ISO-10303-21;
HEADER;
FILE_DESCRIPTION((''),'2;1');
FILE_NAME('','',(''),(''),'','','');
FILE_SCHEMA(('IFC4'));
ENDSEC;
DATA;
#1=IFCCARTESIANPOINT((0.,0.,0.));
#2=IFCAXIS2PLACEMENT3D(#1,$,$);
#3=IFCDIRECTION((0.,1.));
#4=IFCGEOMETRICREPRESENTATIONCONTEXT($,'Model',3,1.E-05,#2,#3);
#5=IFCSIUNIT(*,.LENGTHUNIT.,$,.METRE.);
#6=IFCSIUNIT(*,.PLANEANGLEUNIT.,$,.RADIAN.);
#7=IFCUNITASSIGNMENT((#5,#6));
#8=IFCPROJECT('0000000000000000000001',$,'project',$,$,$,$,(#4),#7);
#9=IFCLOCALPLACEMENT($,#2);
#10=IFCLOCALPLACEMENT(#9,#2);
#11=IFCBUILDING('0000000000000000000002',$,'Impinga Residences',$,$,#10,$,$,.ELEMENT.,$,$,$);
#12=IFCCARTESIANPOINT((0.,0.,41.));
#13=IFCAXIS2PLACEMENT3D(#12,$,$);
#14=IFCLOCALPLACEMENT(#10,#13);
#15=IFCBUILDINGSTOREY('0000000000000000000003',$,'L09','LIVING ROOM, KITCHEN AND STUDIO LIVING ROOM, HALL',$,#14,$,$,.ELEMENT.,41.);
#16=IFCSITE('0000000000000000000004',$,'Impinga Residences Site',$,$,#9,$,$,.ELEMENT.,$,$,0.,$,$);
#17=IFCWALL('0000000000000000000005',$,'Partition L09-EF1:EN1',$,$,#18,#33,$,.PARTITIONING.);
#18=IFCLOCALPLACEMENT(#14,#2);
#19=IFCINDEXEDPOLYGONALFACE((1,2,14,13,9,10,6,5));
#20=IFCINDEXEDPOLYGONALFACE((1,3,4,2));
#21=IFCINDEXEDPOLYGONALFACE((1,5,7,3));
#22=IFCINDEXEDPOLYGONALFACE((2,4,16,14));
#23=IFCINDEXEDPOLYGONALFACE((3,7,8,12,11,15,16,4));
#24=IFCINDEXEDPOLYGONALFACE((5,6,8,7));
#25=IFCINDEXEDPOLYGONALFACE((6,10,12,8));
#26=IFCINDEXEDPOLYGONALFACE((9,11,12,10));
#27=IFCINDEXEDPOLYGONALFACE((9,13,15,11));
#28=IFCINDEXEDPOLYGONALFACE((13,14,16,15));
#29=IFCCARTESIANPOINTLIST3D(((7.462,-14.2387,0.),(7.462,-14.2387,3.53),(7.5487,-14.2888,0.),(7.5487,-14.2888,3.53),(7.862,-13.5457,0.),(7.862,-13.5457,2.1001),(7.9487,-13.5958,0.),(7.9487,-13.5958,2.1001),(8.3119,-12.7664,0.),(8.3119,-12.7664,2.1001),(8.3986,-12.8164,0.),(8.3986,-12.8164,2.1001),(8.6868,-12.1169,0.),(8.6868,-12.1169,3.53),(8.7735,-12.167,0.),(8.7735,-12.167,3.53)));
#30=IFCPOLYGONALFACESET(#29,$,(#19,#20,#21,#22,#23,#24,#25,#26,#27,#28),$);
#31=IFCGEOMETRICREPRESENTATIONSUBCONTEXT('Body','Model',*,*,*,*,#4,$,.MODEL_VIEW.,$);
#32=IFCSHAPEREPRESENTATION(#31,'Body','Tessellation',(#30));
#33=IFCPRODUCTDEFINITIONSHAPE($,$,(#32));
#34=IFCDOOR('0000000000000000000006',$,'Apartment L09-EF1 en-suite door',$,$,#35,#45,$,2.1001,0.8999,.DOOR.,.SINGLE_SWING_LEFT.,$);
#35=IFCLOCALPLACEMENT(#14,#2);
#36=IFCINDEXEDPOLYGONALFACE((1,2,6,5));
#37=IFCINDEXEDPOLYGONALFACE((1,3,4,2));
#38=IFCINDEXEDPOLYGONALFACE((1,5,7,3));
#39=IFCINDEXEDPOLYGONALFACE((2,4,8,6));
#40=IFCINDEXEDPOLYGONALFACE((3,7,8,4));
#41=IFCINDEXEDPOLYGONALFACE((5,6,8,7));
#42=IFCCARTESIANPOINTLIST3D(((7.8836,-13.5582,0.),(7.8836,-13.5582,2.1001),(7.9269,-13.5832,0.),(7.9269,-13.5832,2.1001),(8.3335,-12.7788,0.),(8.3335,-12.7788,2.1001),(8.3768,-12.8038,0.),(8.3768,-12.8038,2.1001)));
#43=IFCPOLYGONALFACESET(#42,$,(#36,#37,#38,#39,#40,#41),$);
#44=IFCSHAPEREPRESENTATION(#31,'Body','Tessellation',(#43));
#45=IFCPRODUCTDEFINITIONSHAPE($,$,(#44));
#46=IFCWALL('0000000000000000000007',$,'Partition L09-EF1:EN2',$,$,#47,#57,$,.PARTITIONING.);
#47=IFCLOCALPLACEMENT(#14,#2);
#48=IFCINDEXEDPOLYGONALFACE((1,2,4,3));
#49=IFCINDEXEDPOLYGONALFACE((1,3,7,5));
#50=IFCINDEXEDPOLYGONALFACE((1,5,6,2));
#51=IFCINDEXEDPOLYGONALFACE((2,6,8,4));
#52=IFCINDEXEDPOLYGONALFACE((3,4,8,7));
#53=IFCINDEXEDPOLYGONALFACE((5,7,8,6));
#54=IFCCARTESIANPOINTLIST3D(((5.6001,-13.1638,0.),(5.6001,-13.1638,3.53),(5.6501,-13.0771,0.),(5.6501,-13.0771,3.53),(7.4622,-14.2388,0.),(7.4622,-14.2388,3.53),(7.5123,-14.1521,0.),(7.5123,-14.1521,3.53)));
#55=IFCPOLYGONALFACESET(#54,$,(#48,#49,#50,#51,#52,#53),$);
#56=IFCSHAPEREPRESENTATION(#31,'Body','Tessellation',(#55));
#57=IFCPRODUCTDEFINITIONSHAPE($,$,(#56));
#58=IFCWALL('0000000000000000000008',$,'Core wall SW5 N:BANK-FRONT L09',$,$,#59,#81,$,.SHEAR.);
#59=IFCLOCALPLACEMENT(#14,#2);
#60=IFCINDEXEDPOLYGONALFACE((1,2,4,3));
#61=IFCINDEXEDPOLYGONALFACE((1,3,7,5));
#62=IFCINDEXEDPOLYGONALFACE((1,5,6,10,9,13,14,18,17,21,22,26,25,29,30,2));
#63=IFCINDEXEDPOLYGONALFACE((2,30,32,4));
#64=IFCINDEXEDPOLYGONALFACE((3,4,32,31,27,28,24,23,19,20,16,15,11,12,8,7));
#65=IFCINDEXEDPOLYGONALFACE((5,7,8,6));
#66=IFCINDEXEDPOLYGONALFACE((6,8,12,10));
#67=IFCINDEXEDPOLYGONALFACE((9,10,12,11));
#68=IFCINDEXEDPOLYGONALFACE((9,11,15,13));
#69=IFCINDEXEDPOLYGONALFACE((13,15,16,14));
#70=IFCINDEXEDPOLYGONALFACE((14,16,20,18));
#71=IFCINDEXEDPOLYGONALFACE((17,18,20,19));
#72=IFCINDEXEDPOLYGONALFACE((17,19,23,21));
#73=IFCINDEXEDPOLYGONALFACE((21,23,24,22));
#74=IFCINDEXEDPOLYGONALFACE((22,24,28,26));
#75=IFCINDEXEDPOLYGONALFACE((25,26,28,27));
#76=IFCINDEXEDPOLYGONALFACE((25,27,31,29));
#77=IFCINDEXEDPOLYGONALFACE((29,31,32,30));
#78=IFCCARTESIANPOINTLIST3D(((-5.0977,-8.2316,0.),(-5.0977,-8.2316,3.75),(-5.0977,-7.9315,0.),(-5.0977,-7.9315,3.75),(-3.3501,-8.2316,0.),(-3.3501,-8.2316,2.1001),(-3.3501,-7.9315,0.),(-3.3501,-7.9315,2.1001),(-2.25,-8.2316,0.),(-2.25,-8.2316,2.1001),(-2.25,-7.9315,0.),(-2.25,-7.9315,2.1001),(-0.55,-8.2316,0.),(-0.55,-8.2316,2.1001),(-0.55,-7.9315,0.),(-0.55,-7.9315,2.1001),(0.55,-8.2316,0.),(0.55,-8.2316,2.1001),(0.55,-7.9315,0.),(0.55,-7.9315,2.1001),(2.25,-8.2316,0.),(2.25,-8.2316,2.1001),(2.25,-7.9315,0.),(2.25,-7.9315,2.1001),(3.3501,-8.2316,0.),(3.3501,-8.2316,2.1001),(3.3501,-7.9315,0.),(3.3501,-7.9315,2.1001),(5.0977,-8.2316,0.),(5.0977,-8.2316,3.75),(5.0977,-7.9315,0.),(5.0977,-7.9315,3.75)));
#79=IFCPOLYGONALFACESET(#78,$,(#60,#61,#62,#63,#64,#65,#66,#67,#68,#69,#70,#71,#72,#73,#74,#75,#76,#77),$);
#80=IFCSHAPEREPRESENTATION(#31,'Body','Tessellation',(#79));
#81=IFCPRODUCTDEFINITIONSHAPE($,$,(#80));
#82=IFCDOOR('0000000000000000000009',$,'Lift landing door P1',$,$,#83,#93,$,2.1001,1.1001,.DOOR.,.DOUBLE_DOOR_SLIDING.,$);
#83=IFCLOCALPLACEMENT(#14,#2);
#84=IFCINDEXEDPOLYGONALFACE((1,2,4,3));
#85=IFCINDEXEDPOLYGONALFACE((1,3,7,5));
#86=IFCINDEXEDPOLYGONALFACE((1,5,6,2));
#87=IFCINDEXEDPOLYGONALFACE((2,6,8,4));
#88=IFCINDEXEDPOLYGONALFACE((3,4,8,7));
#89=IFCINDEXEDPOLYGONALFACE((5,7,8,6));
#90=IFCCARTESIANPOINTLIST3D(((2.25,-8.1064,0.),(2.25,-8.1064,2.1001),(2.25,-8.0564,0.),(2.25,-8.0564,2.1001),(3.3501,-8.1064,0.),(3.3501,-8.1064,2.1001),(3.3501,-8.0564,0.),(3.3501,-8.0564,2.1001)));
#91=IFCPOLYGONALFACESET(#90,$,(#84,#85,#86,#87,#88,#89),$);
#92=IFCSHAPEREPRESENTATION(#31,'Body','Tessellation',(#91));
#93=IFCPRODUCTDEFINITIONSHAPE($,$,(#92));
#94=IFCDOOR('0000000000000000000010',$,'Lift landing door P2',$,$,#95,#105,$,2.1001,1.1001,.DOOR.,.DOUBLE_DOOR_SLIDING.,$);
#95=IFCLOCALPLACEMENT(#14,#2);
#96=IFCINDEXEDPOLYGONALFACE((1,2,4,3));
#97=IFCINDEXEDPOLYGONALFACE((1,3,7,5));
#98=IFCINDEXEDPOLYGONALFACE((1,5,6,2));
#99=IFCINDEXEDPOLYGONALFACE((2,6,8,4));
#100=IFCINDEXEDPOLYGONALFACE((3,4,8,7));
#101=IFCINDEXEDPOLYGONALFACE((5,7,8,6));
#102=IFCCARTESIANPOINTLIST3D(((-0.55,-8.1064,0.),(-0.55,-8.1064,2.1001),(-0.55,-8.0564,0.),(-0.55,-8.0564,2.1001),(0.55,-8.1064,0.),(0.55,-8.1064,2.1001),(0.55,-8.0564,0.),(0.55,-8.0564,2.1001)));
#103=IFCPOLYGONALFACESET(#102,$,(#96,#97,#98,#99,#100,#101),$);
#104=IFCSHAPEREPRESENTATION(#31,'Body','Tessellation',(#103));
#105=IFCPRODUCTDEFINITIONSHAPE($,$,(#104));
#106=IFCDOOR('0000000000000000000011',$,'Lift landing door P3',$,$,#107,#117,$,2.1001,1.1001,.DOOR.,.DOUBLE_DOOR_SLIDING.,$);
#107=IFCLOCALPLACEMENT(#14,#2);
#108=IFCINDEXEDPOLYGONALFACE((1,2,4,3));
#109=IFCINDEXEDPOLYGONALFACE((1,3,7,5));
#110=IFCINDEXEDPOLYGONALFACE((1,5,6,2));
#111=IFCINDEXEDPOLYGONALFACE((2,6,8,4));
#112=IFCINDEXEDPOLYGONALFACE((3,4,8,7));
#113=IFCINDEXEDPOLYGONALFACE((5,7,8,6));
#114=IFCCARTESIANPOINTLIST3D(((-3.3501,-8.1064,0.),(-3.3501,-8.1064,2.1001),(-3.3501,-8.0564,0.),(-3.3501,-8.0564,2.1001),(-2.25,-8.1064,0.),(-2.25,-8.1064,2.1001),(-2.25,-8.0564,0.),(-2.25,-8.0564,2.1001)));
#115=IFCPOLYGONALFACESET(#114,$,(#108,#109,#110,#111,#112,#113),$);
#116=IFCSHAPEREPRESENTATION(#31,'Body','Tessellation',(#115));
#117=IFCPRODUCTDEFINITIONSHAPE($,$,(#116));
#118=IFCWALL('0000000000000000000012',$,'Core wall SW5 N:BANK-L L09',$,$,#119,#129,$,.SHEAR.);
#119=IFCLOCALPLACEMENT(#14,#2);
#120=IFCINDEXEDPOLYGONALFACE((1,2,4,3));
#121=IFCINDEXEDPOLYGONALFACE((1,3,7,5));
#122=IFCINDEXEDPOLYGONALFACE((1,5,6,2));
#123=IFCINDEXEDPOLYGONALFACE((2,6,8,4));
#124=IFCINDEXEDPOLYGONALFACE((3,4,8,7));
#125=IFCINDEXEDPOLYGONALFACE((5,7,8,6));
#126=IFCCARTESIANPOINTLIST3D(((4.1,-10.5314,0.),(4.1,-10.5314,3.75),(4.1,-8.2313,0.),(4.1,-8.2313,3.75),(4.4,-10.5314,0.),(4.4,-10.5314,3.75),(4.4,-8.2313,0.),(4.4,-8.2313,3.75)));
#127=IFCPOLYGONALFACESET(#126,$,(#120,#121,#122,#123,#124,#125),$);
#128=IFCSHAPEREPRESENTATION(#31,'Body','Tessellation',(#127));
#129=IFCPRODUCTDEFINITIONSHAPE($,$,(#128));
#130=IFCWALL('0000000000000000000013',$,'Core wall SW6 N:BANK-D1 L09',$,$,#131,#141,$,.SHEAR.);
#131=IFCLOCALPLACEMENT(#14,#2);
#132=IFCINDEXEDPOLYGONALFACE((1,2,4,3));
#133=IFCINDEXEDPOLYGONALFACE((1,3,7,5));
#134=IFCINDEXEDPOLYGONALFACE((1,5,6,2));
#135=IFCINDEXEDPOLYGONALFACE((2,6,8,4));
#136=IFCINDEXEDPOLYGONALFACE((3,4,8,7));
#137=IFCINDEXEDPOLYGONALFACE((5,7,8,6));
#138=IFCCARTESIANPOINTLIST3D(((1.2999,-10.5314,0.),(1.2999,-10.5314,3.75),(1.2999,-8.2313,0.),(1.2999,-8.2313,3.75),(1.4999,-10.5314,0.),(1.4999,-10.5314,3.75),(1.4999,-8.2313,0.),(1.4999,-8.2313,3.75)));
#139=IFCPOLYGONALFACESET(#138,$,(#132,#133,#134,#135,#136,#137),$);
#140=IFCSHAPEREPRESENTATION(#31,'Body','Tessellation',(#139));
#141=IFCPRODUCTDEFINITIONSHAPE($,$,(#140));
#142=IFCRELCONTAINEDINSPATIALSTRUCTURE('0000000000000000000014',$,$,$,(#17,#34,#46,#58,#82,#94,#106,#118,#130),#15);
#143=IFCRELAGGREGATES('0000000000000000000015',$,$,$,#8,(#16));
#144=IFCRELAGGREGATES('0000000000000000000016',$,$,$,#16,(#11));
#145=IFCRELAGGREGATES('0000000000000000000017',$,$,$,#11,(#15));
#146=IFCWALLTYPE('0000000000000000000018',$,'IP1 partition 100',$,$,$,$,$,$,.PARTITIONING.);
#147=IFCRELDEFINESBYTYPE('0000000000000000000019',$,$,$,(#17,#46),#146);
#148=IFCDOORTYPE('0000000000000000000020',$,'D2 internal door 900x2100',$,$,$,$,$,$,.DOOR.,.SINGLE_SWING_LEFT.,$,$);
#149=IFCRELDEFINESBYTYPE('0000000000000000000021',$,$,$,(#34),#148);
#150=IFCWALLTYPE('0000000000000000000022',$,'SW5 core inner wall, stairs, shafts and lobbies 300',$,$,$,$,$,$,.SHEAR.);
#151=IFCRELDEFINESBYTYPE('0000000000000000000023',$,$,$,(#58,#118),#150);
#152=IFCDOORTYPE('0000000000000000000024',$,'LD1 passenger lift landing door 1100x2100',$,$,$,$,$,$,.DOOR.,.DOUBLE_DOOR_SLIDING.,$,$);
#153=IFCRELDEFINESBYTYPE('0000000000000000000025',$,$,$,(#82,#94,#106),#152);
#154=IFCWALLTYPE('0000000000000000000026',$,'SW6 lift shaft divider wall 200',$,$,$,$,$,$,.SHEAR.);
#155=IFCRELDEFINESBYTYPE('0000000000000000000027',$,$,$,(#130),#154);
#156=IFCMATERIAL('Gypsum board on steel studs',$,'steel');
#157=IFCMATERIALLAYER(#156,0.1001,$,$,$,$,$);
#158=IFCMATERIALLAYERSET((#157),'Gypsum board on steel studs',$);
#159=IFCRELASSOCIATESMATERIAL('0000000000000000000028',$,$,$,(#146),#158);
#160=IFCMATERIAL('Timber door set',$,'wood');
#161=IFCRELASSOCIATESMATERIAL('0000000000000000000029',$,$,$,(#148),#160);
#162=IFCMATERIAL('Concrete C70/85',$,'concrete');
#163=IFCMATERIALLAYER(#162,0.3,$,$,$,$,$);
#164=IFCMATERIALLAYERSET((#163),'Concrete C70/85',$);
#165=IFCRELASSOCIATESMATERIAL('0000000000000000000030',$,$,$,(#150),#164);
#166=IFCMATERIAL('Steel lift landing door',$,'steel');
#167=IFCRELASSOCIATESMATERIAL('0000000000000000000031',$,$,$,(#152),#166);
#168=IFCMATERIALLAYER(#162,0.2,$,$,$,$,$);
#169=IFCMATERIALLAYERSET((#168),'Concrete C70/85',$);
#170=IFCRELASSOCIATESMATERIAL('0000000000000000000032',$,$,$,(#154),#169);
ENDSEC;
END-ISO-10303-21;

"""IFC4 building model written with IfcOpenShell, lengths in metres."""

from ifc_helpers import new_model, si_unit, direction, frame, frame_2d, origin, place, context, subcontext, project, spatial, rectangle, extrude, material, layer, layer_set, type_object, element, fill, save


model = new_model("IFC4")

# Units and contexts
model_context = context("Model", 3, precision=1e-05, world=origin(), true_north=direction((0.0, 1.0)))
body_context = subcontext(model_context, "Body", "Model", "MODEL_VIEW")
ifc_project = project(units=[si_unit("LENGTHUNIT", "METRE"), si_unit("PLANEANGLEUNIT", "RADIAN")], contexts=[model_context])

# Site, building, storey
site_placement = place(None, origin())
site = spatial("IfcSite", under=ifc_project, at=site_placement, Name="Impinga Residences Site", CompositionType="ELEMENT", RefElevation=0.0)
building_placement = place(site_placement, origin())
building = spatial("IfcBuilding", under=site, at=building_placement, Name="Impinga Residences", CompositionType="ELEMENT")
storey_placement = place(building_placement, frame((0.0, 0.0, 41.0)))
storey = spatial("IfcBuildingStorey", under=building, at=storey_placement, Name="L09", Description="LIVING ROOM, KITCHEN AND STUDIO LIVING ROOM, HALL", CompositionType="ELEMENT", Elevation=41.0)

# Shared definitions
ifc_material_1 = material(Name="Concrete C70/85", Category="concrete")

# Shared definitions
ifc_material_2 = material(Name="Gypsum board on steel studs", Category="steel")
ifc_layer_1 = layer(ifc_material_2, 0.1001)
ifc_layer_set_1 = layer_set([ifc_layer_1], Name="Gypsum board on steel studs")
wall_type_1 = type_object("IfcWallType", Name="IP1 partition 100", PredefinedType="PARTITIONING", material=ifc_layer_set_1)

# Shared definitions
ifc_material_3 = material(Name="Timber door set", Category="wood")
door_type_1 = type_object("IfcDoorType", Name="D2 internal door 900x2100", OperationType="SINGLE_SWING_LEFT", PredefinedType="DOOR", material=ifc_material_3)

# Wall, opening, door
wall_1_placement = place(storey_placement, frame((8.7302, -12.1418, 0.0), z_axis=(0.0, 0.0, 1.0), x_axis=(-0.499944, -0.866058, 0.0)))
wall_1 = element("IfcWall", 1, at=wall_1_placement, inside=storey, type_object=wall_type_1, Name="Partition L09-EF1:EN1", PredefinedType="PARTITIONING", context=body_context, shape_type="SweptSolid", body=[
    extrude(rectangle(XDim=2.45, YDim=0.1001, at=frame_2d((1.2251, 0.0))), origin(), (0.0, 0.0, 1.0), 3.53),
])
opening_1_placement = place(wall_1_placement, frame((0.75, 0.0, 0.0)))
opening_1 = element("IfcOpeningElement", 2, at=opening_1_placement, cuts=wall_1, PredefinedType="OPENING", context=body_context, shape_type="SweptSolid", body=[
    extrude(rectangle(XDim=0.8999, YDim=2.1001, at=frame_2d((0.45, 1.05))), frame((0.0, 0.0601, 0.0), z_axis=(0.0, -1.0, 0.0), x_axis=(1.0, 0.0, 0.0)), (0.0, 0.0, 1.0), 0.1201),
])
door_1_placement = place(opening_1_placement, origin())
door_1 = element("IfcDoor", 3, at=door_1_placement, inside=storey, type_object=door_type_1, Name="Apartment L09-EF1 en-suite door", OperationType="SINGLE_SWING_LEFT", OverallHeight=2.1001, OverallWidth=0.8999, PredefinedType="DOOR", context=body_context, shape_type="SweptSolid", body=[
    extrude(rectangle(XDim=0.8999, YDim=2.1001, at=frame_2d((0.45, 1.05))), frame((0.0, 0.0249, 0.0), z_axis=(0.0, -1.0, 0.0), x_axis=(1.0, 0.0, 0.0)), (0.0, 0.0, 1.0), 0.05),
])
fill(opening_1, door_1)

# Wall
wall_2_placement = place(storey_placement, frame((5.625, -13.1204, 0.0), z_axis=(0.0, 0.0, 1.0), x_axis=(0.866048, -0.499962, 0.0)))
element("IfcWall", 4, at=wall_2_placement, inside=storey, type_object=wall_type_1, Name="Partition L09-EF1:EN2", PredefinedType="PARTITIONING", context=body_context, shape_type="SweptSolid", body=[
    extrude(rectangle(XDim=2.1501, YDim=0.1001, at=frame_2d((1.0752, 0.0))), origin(), (0.0, 0.0, 1.0), 3.53),
])

# Wall, openings, doors
ifc_layer_2 = layer(ifc_material_1, 0.3)
ifc_layer_set_2 = layer_set([ifc_layer_2], Name="Concrete C70/85")
wall_type_2 = type_object("IfcWallType", Name="SW5 core inner wall, stairs, shafts and lobbies 300", PredefinedType="SHEAR", material=ifc_layer_set_2)
wall_3_placement = place(storey_placement, frame((5.0977, -8.0815, 0.0), z_axis=(0.0, 0.0, 1.0), x_axis=(-1.0, 0.0, 0.0)))
wall_3 = element("IfcWall", 5, at=wall_3_placement, inside=storey, type_object=wall_type_2, Name="Core wall SW5 N:BANK-FRONT L09", PredefinedType="SHEAR", context=body_context, shape_type="SweptSolid", body=[
    extrude(rectangle(XDim=10.1953, YDim=0.3, at=frame_2d((5.0977, 0.0))), origin(), (0.0, 0.0, 1.0), 3.75),
])
opening_2_placement = place(wall_3_placement, frame((1.7476, 0.0, 0.0)))
opening_2 = element("IfcOpeningElement", 6, at=opening_2_placement, cuts=wall_3, PredefinedType="OPENING", context=body_context, shape_type="SweptSolid", body=[
    extrude(rectangle(XDim=1.1001, YDim=2.1001, at=frame_2d((0.55, 1.05))), frame((0.0, 0.1599, 0.0), z_axis=(0.0, -1.0, 0.0), x_axis=(1.0, 0.0, 0.0)), (0.0, 0.0, 1.0), 0.3201),
])
opening_3_placement = place(wall_3_placement, frame((4.5476, 0.0, 0.0)))
opening_3 = element("IfcOpeningElement", 7, at=opening_3_placement, cuts=wall_3, PredefinedType="OPENING", context=body_context, shape_type="SweptSolid", body=[
    extrude(rectangle(XDim=1.1001, YDim=2.1001, at=frame_2d((0.55, 1.05))), frame((0.0, 0.1599, 0.0), z_axis=(0.0, -1.0, 0.0), x_axis=(1.0, 0.0, 0.0)), (0.0, 0.0, 1.0), 0.3201),
])
opening_4_placement = place(wall_3_placement, frame((7.3477, 0.0, 0.0)))
opening_4 = element("IfcOpeningElement", 8, at=opening_4_placement, cuts=wall_3, PredefinedType="OPENING", context=body_context, shape_type="SweptSolid", body=[
    extrude(rectangle(XDim=1.1001, YDim=2.1001, at=frame_2d((0.55, 1.05))), frame((0.0, 0.1599, 0.0), z_axis=(0.0, -1.0, 0.0), x_axis=(1.0, 0.0, 0.0)), (0.0, 0.0, 1.0), 0.3201),
])
ifc_material_4 = material(Name="Steel lift landing door", Category="steel")
door_type_2 = type_object("IfcDoorType", Name="LD1 passenger lift landing door 1100x2100", OperationType="DOUBLE_DOOR_SLIDING", PredefinedType="DOOR", material=ifc_material_4)
door_2_placement = place(opening_2_placement, origin())
door_2 = element("IfcDoor", 9, at=door_2_placement, inside=storey, type_object=door_type_2, Name="Lift landing door P1", OperationType="DOUBLE_DOOR_SLIDING", OverallHeight=2.1001, OverallWidth=1.1001, PredefinedType="DOOR", context=body_context, shape_type="SweptSolid", body=[
    extrude(rectangle(XDim=1.1001, YDim=2.1001, at=frame_2d((0.55, 1.05))), frame((0.0, 0.0249, 0.0), z_axis=(0.0, -1.0, 0.0), x_axis=(1.0, 0.0, 0.0)), (0.0, 0.0, 1.0), 0.05),
])
fill(opening_2, door_2)
door_3_placement = place(opening_3_placement, origin())
door_3 = element("IfcDoor", 10, at=door_3_placement, inside=storey, type_object=door_type_2, Name="Lift landing door P2", OperationType="DOUBLE_DOOR_SLIDING", OverallHeight=2.1001, OverallWidth=1.1001, PredefinedType="DOOR", context=body_context, shape_type="SweptSolid", body=[
    extrude(rectangle(XDim=1.1001, YDim=2.1001, at=frame_2d((0.55, 1.05))), frame((0.0, 0.0249, 0.0), z_axis=(0.0, -1.0, 0.0), x_axis=(1.0, 0.0, 0.0)), (0.0, 0.0, 1.0), 0.05),
])
fill(opening_3, door_3)
door_4_placement = place(opening_4_placement, origin())
door_4 = element("IfcDoor", 11, at=door_4_placement, inside=storey, type_object=door_type_2, Name="Lift landing door P3", OperationType="DOUBLE_DOOR_SLIDING", OverallHeight=2.1001, OverallWidth=1.1001, PredefinedType="DOOR", context=body_context, shape_type="SweptSolid", body=[
    extrude(rectangle(XDim=1.1001, YDim=2.1001, at=frame_2d((0.55, 1.05))), frame((0.0, 0.0249, 0.0), z_axis=(0.0, -1.0, 0.0), x_axis=(1.0, 0.0, 0.0)), (0.0, 0.0, 1.0), 0.05),
])
fill(opening_4, door_4)

# Walls
wall_4_placement = place(storey_placement, frame((4.25, -8.2314, 0.0), z_axis=(0.0, 0.0, 1.0), x_axis=(0.0, -1.0, 0.0)))
element("IfcWall", 12, at=wall_4_placement, inside=storey, type_object=wall_type_2, Name="Core wall SW5 N:BANK-L L09", PredefinedType="SHEAR", context=body_context, shape_type="SweptSolid", body=[
    extrude(rectangle(XDim=2.3, YDim=0.3, at=frame_2d((1.1499, 0.0))), origin(), (0.0, 0.0, 1.0), 3.75),
])
ifc_layer_3 = layer(ifc_material_1, 0.2)
ifc_layer_set_3 = layer_set([ifc_layer_3], Name="Concrete C70/85")
wall_type_3 = type_object("IfcWallType", Name="SW6 lift shaft divider wall 200", PredefinedType="SHEAR", material=ifc_layer_set_3)
wall_5_placement = place(storey_placement, frame((1.3999, -8.2314, 0.0), z_axis=(0.0, 0.0, 1.0), x_axis=(0.0, -1.0, 0.0)))
element("IfcWall", 13, at=wall_5_placement, inside=storey, type_object=wall_type_3, Name="Core wall SW6 N:BANK-D1 L09", PredefinedType="SHEAR", context=body_context, shape_type="SweptSolid", body=[
    extrude(rectangle(XDim=2.3, YDim=0.2, at=frame_2d((1.1499, 0.0))), origin(), (0.0, 0.0, 1.0), 3.75),
])

save(model, "model.ifc")
